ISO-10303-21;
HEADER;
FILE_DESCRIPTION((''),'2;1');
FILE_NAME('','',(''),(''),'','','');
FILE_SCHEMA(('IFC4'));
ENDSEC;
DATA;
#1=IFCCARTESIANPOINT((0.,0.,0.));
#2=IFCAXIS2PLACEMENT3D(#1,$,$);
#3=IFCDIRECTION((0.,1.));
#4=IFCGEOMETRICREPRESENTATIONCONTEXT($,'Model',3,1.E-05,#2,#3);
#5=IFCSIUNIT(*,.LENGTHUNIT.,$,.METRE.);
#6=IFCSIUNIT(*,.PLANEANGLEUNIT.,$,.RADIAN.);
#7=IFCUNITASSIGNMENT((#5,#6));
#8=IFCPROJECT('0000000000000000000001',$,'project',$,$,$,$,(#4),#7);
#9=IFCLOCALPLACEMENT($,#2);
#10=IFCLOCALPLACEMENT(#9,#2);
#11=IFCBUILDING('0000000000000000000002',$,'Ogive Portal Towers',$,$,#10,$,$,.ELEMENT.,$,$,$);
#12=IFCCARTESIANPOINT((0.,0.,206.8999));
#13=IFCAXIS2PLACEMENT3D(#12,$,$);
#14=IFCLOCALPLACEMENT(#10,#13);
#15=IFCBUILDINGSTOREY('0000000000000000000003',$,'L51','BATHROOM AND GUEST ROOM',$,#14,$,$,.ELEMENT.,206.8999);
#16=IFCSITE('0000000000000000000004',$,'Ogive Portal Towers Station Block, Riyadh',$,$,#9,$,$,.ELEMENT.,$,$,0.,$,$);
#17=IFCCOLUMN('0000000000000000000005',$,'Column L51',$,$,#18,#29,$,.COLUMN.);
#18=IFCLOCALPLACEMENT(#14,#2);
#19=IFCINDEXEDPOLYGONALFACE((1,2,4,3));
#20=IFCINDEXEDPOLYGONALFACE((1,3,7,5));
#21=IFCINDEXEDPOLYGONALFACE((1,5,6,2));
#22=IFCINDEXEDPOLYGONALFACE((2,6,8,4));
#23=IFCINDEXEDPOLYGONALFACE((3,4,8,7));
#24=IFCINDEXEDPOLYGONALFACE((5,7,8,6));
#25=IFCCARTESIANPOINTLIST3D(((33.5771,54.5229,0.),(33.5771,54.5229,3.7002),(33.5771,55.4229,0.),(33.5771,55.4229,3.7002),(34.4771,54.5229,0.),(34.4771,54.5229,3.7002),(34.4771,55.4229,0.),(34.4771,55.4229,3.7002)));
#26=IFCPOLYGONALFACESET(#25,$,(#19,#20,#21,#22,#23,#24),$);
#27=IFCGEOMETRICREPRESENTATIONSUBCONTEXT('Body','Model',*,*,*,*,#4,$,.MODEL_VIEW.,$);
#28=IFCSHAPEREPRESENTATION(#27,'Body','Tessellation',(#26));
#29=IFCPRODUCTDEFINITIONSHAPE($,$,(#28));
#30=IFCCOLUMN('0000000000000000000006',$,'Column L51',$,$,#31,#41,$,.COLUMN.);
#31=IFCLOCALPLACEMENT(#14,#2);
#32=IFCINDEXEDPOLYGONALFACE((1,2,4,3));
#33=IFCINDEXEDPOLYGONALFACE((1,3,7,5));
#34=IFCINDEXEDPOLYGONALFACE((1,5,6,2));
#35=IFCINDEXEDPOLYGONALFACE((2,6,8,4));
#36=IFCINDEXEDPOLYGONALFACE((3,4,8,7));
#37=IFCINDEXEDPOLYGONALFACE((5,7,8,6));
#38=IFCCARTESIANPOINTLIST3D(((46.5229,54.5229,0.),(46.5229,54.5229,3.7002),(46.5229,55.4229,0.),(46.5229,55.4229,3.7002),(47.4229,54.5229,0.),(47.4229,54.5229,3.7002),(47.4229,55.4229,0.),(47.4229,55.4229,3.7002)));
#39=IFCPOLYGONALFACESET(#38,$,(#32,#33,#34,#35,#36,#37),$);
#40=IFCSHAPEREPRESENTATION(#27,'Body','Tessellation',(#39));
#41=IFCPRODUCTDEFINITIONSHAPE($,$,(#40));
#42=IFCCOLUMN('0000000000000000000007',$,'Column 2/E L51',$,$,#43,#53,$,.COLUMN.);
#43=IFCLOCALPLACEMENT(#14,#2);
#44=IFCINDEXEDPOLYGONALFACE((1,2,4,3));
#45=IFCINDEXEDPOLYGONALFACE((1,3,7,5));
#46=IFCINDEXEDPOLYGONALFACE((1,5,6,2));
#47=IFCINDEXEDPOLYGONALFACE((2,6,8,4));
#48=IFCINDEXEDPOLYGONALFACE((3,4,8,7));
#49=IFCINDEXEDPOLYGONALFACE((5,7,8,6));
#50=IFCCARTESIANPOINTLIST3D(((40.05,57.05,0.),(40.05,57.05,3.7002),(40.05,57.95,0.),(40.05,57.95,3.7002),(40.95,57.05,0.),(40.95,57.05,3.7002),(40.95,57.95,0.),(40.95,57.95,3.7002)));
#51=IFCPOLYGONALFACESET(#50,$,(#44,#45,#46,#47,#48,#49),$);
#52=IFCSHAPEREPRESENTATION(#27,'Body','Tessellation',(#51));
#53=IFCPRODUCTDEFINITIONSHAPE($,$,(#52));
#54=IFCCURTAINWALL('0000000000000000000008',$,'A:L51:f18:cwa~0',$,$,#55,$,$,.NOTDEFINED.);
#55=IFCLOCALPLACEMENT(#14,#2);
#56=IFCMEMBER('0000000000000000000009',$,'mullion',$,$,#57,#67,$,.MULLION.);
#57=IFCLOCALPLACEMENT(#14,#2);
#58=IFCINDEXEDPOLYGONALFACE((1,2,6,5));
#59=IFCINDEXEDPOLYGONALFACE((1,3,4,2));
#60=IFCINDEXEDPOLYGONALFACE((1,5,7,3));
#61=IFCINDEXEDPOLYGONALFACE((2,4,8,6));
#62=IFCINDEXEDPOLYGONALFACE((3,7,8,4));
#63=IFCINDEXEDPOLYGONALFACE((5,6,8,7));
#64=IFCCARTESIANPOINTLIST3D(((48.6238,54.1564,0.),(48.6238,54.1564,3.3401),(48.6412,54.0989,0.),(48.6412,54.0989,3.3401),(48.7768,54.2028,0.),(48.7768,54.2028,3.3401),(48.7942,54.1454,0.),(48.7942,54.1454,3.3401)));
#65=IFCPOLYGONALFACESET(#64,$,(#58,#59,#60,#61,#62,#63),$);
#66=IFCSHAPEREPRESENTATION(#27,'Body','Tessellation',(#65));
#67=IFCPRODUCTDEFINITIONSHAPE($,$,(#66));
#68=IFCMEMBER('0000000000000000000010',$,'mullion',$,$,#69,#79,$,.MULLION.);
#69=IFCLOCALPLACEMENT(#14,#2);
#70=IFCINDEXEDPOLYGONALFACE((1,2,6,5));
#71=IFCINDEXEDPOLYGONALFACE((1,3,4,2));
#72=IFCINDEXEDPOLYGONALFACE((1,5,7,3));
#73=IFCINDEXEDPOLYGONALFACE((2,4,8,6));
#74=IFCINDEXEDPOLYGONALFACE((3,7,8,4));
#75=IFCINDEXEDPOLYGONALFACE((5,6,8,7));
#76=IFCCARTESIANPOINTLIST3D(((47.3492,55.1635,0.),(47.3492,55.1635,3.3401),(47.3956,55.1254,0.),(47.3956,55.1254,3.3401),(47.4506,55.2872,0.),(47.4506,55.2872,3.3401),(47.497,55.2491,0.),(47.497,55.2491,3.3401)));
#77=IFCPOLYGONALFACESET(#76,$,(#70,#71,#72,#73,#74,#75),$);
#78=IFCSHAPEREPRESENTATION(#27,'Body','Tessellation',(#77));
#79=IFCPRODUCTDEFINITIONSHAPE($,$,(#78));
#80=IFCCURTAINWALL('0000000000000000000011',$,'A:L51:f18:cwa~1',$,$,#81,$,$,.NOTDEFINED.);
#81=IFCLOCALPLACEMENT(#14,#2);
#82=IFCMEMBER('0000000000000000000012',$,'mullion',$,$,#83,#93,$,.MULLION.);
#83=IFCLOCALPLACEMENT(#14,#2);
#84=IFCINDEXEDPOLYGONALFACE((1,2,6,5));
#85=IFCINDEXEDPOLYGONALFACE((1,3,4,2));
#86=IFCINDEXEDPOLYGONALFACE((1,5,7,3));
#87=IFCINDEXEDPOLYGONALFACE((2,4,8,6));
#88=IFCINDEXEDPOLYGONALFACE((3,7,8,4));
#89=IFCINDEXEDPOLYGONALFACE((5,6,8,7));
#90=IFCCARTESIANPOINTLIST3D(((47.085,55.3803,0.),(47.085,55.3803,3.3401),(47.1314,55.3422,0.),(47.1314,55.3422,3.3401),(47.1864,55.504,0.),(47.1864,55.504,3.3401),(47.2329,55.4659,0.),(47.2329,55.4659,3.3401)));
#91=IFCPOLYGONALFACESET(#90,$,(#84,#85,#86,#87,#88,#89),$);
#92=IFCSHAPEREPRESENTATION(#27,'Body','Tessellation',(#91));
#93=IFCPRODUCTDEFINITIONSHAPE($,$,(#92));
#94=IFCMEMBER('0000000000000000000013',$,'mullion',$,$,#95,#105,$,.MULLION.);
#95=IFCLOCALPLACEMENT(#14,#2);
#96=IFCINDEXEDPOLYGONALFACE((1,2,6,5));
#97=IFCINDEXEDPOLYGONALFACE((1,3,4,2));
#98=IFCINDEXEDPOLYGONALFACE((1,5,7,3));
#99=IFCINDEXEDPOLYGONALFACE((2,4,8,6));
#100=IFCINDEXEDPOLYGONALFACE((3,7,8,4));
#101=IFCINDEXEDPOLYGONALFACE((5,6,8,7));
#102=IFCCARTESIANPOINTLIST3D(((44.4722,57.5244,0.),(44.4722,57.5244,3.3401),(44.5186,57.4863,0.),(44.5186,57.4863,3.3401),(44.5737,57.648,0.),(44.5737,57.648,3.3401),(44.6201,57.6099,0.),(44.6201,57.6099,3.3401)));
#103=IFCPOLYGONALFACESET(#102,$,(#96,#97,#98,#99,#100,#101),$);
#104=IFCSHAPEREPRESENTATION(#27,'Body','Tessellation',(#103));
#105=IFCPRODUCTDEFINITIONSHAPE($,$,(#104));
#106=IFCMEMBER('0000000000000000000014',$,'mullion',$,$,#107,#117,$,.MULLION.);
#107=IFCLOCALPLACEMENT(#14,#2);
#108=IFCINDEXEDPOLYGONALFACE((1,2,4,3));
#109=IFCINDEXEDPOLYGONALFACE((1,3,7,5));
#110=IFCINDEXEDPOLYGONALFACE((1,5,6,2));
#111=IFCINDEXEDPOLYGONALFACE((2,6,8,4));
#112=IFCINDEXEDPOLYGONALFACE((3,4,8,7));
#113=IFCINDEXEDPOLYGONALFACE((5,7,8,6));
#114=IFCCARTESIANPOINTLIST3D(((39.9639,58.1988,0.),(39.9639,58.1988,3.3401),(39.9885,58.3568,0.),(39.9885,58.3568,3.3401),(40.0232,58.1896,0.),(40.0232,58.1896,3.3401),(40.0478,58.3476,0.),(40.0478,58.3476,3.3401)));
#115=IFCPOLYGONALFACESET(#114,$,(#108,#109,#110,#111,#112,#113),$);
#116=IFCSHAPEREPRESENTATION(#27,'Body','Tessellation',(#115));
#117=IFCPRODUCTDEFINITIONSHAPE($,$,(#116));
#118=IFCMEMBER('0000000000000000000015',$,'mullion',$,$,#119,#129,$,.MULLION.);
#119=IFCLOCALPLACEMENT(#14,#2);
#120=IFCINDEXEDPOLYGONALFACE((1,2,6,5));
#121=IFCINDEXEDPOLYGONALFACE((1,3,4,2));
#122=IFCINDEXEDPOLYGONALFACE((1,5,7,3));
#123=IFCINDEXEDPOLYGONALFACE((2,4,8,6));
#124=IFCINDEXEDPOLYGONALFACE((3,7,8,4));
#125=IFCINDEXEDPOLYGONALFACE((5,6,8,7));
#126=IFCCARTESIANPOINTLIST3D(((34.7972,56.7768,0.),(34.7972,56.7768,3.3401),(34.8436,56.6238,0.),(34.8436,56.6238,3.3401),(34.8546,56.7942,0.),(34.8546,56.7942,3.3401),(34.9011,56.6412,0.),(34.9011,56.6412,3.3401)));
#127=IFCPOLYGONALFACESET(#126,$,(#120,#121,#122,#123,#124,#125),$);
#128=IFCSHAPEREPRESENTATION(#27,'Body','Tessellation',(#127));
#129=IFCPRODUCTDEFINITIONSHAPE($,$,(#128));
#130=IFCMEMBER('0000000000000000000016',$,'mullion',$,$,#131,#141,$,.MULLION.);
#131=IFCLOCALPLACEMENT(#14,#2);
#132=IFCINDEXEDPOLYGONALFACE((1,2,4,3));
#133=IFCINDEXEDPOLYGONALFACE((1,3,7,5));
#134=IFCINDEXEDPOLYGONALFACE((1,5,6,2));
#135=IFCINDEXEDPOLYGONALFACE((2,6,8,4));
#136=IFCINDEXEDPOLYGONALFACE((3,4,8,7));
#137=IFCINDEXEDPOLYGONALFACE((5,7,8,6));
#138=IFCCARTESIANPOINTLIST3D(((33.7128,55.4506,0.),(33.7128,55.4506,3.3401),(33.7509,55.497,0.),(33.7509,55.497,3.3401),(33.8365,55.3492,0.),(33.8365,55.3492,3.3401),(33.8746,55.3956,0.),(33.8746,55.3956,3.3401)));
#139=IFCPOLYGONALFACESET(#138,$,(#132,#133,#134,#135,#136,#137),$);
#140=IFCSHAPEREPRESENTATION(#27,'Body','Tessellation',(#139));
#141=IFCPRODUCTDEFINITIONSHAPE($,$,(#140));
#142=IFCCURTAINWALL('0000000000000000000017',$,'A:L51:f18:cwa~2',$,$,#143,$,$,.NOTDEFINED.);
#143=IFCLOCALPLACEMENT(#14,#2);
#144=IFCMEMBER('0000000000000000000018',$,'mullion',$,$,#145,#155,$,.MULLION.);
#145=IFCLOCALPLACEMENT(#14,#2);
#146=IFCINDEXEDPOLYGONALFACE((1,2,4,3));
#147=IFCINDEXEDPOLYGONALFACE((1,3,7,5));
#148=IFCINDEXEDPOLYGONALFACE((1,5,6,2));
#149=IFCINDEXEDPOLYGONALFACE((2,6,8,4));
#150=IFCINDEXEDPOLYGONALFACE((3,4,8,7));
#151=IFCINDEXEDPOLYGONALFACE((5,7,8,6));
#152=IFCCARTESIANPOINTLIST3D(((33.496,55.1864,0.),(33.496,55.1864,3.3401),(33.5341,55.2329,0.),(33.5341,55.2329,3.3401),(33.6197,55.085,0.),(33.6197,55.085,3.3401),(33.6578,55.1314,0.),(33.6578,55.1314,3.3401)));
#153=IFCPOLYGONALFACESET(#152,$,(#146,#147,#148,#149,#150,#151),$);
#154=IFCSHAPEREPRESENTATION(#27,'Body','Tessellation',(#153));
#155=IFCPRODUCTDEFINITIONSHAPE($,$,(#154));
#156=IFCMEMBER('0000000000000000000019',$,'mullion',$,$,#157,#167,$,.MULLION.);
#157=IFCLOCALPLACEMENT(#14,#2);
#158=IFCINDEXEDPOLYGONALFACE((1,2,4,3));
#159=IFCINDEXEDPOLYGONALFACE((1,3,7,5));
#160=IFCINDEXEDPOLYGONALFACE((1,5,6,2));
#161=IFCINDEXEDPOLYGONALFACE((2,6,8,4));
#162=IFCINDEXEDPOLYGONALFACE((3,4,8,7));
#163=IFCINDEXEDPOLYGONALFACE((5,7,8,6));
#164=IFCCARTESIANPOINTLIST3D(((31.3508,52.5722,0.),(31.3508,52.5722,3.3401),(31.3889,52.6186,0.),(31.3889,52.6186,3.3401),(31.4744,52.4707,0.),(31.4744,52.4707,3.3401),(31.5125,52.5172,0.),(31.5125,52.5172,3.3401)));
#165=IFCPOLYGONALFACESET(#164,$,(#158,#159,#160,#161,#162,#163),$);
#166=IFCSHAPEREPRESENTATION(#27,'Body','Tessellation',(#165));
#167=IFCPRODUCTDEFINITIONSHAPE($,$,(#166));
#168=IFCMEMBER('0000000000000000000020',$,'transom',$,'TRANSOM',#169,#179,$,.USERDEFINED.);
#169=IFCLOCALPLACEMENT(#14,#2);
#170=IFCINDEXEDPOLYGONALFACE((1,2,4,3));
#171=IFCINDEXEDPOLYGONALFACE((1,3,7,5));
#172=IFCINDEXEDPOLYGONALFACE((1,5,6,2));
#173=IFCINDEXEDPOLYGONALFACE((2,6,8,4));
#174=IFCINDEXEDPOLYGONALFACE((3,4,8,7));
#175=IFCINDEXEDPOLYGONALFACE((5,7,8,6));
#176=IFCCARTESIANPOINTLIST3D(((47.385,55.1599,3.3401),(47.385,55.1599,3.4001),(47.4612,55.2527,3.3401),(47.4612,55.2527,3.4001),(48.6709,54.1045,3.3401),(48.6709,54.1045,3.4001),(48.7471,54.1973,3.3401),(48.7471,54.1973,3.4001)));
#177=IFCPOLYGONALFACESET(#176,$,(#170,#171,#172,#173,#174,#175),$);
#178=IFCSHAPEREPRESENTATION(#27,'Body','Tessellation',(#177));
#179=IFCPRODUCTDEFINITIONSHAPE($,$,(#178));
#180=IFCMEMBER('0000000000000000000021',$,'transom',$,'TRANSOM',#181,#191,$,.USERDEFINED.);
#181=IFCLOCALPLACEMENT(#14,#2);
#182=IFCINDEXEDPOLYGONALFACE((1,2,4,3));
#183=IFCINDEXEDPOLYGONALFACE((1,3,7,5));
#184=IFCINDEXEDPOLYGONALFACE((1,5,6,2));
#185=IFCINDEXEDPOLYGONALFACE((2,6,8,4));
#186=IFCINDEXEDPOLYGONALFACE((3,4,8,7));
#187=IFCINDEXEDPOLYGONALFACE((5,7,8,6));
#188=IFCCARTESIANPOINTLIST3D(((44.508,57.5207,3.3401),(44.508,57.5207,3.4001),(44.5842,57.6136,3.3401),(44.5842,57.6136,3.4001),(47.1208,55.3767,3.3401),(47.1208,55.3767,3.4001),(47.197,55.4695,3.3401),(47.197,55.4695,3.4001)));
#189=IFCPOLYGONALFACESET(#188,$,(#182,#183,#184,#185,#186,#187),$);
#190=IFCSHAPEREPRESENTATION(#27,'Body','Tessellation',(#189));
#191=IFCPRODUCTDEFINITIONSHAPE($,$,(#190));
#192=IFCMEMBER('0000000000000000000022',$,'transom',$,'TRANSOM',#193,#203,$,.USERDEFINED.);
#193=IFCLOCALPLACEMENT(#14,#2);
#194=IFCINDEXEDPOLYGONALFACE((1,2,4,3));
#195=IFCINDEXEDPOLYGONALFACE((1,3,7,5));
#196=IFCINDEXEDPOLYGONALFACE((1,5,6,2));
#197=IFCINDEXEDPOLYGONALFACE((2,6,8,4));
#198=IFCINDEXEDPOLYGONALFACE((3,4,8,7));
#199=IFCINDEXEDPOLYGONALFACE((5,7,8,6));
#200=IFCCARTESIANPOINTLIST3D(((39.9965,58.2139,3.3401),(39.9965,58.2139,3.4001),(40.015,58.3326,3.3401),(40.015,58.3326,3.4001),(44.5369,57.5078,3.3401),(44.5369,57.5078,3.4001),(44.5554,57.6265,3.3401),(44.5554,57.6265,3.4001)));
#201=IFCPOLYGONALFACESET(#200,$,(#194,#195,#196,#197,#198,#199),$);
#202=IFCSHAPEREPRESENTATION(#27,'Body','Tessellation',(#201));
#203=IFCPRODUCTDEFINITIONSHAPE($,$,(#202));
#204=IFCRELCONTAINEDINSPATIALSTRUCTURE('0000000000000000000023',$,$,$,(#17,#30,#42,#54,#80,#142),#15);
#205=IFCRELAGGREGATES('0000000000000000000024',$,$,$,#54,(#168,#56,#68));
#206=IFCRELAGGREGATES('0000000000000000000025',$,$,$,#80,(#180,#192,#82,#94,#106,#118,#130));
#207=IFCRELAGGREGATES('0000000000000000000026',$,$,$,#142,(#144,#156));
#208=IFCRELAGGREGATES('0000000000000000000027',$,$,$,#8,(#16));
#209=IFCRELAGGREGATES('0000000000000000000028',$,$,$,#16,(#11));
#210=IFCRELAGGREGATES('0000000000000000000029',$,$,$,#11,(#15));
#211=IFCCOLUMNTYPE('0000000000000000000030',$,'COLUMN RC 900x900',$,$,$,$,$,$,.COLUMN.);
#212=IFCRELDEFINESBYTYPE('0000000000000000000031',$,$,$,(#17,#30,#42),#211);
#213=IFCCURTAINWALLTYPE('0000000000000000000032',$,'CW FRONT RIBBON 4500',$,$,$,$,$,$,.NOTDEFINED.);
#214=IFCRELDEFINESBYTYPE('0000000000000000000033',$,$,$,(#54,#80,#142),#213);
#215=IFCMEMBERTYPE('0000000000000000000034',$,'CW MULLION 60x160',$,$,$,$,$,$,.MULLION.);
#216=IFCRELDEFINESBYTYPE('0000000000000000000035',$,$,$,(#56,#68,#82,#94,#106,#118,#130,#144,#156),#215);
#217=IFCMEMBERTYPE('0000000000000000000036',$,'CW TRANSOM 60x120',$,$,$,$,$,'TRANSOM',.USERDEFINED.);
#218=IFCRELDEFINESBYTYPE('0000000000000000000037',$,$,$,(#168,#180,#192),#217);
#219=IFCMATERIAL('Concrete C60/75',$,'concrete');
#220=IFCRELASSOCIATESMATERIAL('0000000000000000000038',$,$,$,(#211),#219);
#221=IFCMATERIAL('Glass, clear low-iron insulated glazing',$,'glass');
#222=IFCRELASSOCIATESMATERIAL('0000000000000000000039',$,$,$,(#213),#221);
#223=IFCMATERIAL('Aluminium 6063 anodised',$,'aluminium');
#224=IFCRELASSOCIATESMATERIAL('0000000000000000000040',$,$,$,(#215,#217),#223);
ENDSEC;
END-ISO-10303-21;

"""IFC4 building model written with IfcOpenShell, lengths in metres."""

from ifc_helpers import new_model, si_unit, direction, frame, origin, origin_2d, place, context, subcontext, project, spatial, rectangle, extrude, material, material_profile, profile_set, type_object, element, aggregate, save


model = new_model("IFC4")

# Units and contexts
model_context = context("Model", 3, precision=1e-05, world=origin(), true_north=direction((0.0, 1.0)))
body_context = subcontext(model_context, "Body", "Model", "MODEL_VIEW")
ifc_project = project(units=[si_unit("LENGTHUNIT", "METRE"), si_unit("PLANEANGLEUNIT", "RADIAN")], contexts=[model_context])

# Site, building, storey
site_placement = place(None, origin())
site = spatial("IfcSite", under=ifc_project, at=site_placement, Name="Ogive Portal Towers Station Block, Riyadh", CompositionType="ELEMENT", RefElevation=0.0)
building_placement = place(site_placement, origin())
building = spatial("IfcBuilding", under=site, at=building_placement, Name="Ogive Portal Towers", CompositionType="ELEMENT")
storey_placement = place(building_placement, frame((0.0, 0.0, 206.8999)))
storey = spatial("IfcBuildingStorey", under=building, at=storey_placement, Name="L51", Description="BATHROOM AND GUEST ROOM", CompositionType="ELEMENT", Elevation=206.8999)

# Columns
ifc_material_1 = material(Name="Concrete C60/75", Category="concrete")
ifc_material_profile_1 = material_profile(ifc_material_1, rectangle(XDim=0.8999, YDim=0.8999, at=origin_2d()), Name="RC 900x900")
ifc_profile_set_1 = profile_set([ifc_material_profile_1], Name="Concrete C60/75")
column_type = type_object("IfcColumnType", Name="COLUMN RC 900x900", PredefinedType="COLUMN", material=ifc_profile_set_1)
for number, where, z_axis, x_axis, name in (
    (1, (34.0271, 54.9729, 0.0), (0.0, 0.0, 1.0), (1.0, 0.0, 0.0), "Column L51"),
    (2, (46.9729, 54.9729, 0.0), (0.0, 0.0, 1.0), (1.0, 0.0, 0.0), "Column L51"),
    (3, (40.5, 57.5, 0.0), (0.0, 0.0, 1.0), (1.0, 0.0, 0.0), "Column 2/E L51"),
):
    element("IfcColumn", number, at=place(storey_placement, frame(where, z_axis=z_axis, x_axis=x_axis)), inside=storey, type_object=column_type, Name=name, PredefinedType="COLUMN", context=body_context, shape_type="SweptSolid", body=[
        extrude(rectangle(XDim=0.8999, YDim=0.8999, at=origin_2d()), origin(), (0.0, 0.0, 1.0), 3.7002),
    ])

# Curtain walls, members
ifc_material_2 = material(Name="Glass, clear low-iron insulated glazing", Category="glass")
curtain_wall_type = type_object("IfcCurtainWallType", Name="CW FRONT RIBBON 4500", PredefinedType="NOTDEFINED", material=ifc_material_2)
curtain_wall_1_placement = place(storey_placement, origin())
curtain_wall_1 = element("IfcCurtainWall", 4, at=curtain_wall_1_placement, inside=storey, type_object=curtain_wall_type, Name="A:L51:f18:cwa~0", PredefinedType="NOTDEFINED")
ifc_material_3 = material(Name="Aluminium 6063 anodised", Category="aluminium")
ifc_material_profile_2 = material_profile(ifc_material_3, rectangle(XDim=0.1599, YDim=0.0601, at=origin_2d()), Name="AL 60x160")
ifc_profile_set_2 = profile_set([ifc_material_profile_2], Name="Aluminium 6063 anodised")
member_type_1 = type_object("IfcMemberType", Name="CW MULLION 60x160", PredefinedType="MULLION", material=ifc_profile_set_2)
member_1_placement = place(storey_placement, frame((48.709, 54.1509, 0.0), z_axis=(0.0, 0.0, 1.0), x_axis=(-0.95694, -0.290285, 0.0)))
member_1 = element("IfcMember", 5, at=member_1_placement, type_object=member_type_1, Name="mullion", PredefinedType="MULLION", context=body_context, shape_type="SweptSolid", body=[
    extrude(rectangle(XDim=0.1599, YDim=0.0601, at=origin_2d()), origin(), (0.0, 0.0, 1.0), 3.3401),
])
member_2_placement = place(storey_placement, frame((47.4231, 55.2063, 0.0), z_axis=(0.0, 0.0, 1.0), x_axis=(-0.634393, -0.77301, 0.0)))
member_2 = element("IfcMember", 6, at=member_2_placement, type_object=member_type_1, Name="mullion", PredefinedType="MULLION", context=body_context, shape_type="SweptSolid", body=[
    extrude(rectangle(XDim=0.1599, YDim=0.0601, at=origin_2d()), origin(), (0.0, 0.0, 1.0), 3.3401),
])
curtain_wall_2_placement = place(storey_placement, origin())
curtain_wall_2 = element("IfcCurtainWall", 7, at=curtain_wall_2_placement, inside=storey, type_object=curtain_wall_type, Name="A:L51:f18:cwa~1", PredefinedType="NOTDEFINED")
member_3_placement = place(storey_placement, frame((47.1589, 55.4231, 0.0), z_axis=(0.0, 0.0, 1.0), x_axis=(-0.634393, -0.77301, 0.0)))
member_3 = element("IfcMember", 8, at=member_3_placement, type_object=member_type_1, Name="mullion", PredefinedType="MULLION", context=body_context, shape_type="SweptSolid", body=[
    extrude(rectangle(XDim=0.1599, YDim=0.0601, at=origin_2d()), origin(), (0.0, 0.0, 1.0), 3.3401),
])
member_4_placement = place(storey_placement, frame((44.5461, 57.5671, 0.0), z_axis=(0.0, 0.0, 1.0), x_axis=(-0.634393, -0.77301, 0.0)))
member_4 = element("IfcMember", 9, at=member_4_placement, type_object=member_type_1, Name="mullion", PredefinedType="MULLION", context=body_context, shape_type="SweptSolid", body=[
    extrude(rectangle(XDim=0.1599, YDim=0.0601, at=origin_2d()), origin(), (0.0, 0.0, 1.0), 3.3401),
])
member_5_placement = place(storey_placement, frame((40.0059, 58.2732, 0.0), z_axis=(0.0, 0.0, 1.0), x_axis=(-0.153636, -0.988128, 0.0)))
member_5 = element("IfcMember", 10, at=member_5_placement, type_object=member_type_1, Name="mullion", PredefinedType="MULLION", context=body_context, shape_type="SweptSolid", body=[
    extrude(rectangle(XDim=0.1599, YDim=0.0601, at=origin_2d()), origin(), (0.0, 0.0, 1.0), 3.3401),
])
member_6_placement = place(storey_placement, frame((34.8491, 56.709, 0.0), z_axis=(0.0, 0.0, 1.0), x_axis=(0.290285, -0.95694, 0.0)))
member_6 = element("IfcMember", 11, at=member_6_placement, type_object=member_type_1, Name="mullion", PredefinedType="MULLION", context=body_context, shape_type="SweptSolid", body=[
    extrude(rectangle(XDim=0.1599, YDim=0.0601, at=origin_2d()), origin(), (0.0, 0.0, 1.0), 3.3401),
])
member_7_placement = place(storey_placement, frame((33.7937, 55.4231, 0.0), z_axis=(0.0, 0.0, 1.0), x_axis=(0.77301, -0.634393, 0.0)))
member_7 = element("IfcMember", 12, at=member_7_placement, type_object=member_type_1, Name="mullion", PredefinedType="MULLION", context=body_context, shape_type="SweptSolid", body=[
    extrude(rectangle(XDim=0.1599, YDim=0.0601, at=origin_2d()), origin(), (0.0, 0.0, 1.0), 3.3401),
])
curtain_wall_3_placement = place(storey_placement, origin())
curtain_wall_3 = element("IfcCurtainWall", 13, at=curtain_wall_3_placement, inside=storey, type_object=curtain_wall_type, Name="A:L51:f18:cwa~2", PredefinedType="NOTDEFINED")
member_8_placement = place(storey_placement, frame((33.5769, 55.1589, 0.0), z_axis=(0.0, 0.0, 1.0), x_axis=(0.77301, -0.634393, 0.0)))
member_8 = element("IfcMember", 14, at=member_8_placement, type_object=member_type_1, Name="mullion", PredefinedType="MULLION", context=body_context, shape_type="SweptSolid", body=[
    extrude(rectangle(XDim=0.1599, YDim=0.0601, at=origin_2d()), origin(), (0.0, 0.0, 1.0), 3.3401),
])
member_9_placement = place(storey_placement, frame((31.4316, 52.5447, 0.0), z_axis=(0.0, 0.0, 1.0), x_axis=(0.77301, -0.634393, 0.0)))
member_9 = element("IfcMember", 15, at=member_9_placement, type_object=member_type_1, Name="mullion", PredefinedType="MULLION", context=body_context, shape_type="SweptSolid", body=[
    extrude(rectangle(XDim=0.1599, YDim=0.0601, at=origin_2d()), origin(), (0.0, 0.0, 1.0), 3.3401),
])

# Members
ifc_material_profile_3 = material_profile(ifc_material_3, rectangle(XDim=0.1201, YDim=0.0601, at=origin_2d()), Name="AL 120x60")
ifc_profile_set_3 = profile_set([ifc_material_profile_3], Name="Aluminium 6063 anodised")
member_type_2 = type_object("IfcMemberType", Name="CW TRANSOM 60x120", ElementType="TRANSOM", PredefinedType="USERDEFINED", material=ifc_profile_set_3)
member_10_placement = place(storey_placement, frame((48.709, 54.1509, 3.3701), z_axis=(-0.772976, 0.634436, 0.0), x_axis=(-0.634436, -0.772976, 0.0)))
member_10 = element("IfcMember", 16, at=member_10_placement, type_object=member_type_2, Name="transom", ObjectType="TRANSOM", PredefinedType="USERDEFINED", context=body_context, shape_type="SweptSolid", body=[
    extrude(rectangle(XDim=0.1201, YDim=0.0601, at=origin_2d()), origin(), (0.0, 0.0, 1.0), 1.6636),
])
member_11_placement = place(storey_placement, frame((47.1589, 55.4231, 3.3701), z_axis=(-0.773042, 0.634354, 0.0), x_axis=(-0.634354, -0.773042, 0.0)))
member_11 = element("IfcMember", 17, at=member_11_placement, type_object=member_type_2, Name="transom", ObjectType="TRANSOM", PredefinedType="USERDEFINED", context=body_context, shape_type="SweptSolid", body=[
    extrude(rectangle(XDim=0.1201, YDim=0.0601, at=origin_2d()), origin(), (0.0, 0.0, 1.0), 3.3799),
])
member_12_placement = place(storey_placement, frame((44.5461, 57.5671, 3.3701), z_axis=(-0.988123, 0.153662, 0.0), x_axis=(-0.153662, -0.988123, 0.0)))
member_12 = element("IfcMember", 18, at=member_12_placement, type_object=member_type_2, Name="transom", ObjectType="TRANSOM", PredefinedType="USERDEFINED", context=body_context, shape_type="SweptSolid", body=[
    extrude(rectangle(XDim=0.1201, YDim=0.0601, at=origin_2d()), origin(), (0.0, 0.0, 1.0), 4.595),
])

aggregate(curtain_wall_1, [member_10, member_1, member_2])
aggregate(curtain_wall_2, [member_11, member_12, member_3, member_4, member_5, member_6, member_7])
aggregate(curtain_wall_3, [member_8, member_9])

save(model, "model.ifc")
